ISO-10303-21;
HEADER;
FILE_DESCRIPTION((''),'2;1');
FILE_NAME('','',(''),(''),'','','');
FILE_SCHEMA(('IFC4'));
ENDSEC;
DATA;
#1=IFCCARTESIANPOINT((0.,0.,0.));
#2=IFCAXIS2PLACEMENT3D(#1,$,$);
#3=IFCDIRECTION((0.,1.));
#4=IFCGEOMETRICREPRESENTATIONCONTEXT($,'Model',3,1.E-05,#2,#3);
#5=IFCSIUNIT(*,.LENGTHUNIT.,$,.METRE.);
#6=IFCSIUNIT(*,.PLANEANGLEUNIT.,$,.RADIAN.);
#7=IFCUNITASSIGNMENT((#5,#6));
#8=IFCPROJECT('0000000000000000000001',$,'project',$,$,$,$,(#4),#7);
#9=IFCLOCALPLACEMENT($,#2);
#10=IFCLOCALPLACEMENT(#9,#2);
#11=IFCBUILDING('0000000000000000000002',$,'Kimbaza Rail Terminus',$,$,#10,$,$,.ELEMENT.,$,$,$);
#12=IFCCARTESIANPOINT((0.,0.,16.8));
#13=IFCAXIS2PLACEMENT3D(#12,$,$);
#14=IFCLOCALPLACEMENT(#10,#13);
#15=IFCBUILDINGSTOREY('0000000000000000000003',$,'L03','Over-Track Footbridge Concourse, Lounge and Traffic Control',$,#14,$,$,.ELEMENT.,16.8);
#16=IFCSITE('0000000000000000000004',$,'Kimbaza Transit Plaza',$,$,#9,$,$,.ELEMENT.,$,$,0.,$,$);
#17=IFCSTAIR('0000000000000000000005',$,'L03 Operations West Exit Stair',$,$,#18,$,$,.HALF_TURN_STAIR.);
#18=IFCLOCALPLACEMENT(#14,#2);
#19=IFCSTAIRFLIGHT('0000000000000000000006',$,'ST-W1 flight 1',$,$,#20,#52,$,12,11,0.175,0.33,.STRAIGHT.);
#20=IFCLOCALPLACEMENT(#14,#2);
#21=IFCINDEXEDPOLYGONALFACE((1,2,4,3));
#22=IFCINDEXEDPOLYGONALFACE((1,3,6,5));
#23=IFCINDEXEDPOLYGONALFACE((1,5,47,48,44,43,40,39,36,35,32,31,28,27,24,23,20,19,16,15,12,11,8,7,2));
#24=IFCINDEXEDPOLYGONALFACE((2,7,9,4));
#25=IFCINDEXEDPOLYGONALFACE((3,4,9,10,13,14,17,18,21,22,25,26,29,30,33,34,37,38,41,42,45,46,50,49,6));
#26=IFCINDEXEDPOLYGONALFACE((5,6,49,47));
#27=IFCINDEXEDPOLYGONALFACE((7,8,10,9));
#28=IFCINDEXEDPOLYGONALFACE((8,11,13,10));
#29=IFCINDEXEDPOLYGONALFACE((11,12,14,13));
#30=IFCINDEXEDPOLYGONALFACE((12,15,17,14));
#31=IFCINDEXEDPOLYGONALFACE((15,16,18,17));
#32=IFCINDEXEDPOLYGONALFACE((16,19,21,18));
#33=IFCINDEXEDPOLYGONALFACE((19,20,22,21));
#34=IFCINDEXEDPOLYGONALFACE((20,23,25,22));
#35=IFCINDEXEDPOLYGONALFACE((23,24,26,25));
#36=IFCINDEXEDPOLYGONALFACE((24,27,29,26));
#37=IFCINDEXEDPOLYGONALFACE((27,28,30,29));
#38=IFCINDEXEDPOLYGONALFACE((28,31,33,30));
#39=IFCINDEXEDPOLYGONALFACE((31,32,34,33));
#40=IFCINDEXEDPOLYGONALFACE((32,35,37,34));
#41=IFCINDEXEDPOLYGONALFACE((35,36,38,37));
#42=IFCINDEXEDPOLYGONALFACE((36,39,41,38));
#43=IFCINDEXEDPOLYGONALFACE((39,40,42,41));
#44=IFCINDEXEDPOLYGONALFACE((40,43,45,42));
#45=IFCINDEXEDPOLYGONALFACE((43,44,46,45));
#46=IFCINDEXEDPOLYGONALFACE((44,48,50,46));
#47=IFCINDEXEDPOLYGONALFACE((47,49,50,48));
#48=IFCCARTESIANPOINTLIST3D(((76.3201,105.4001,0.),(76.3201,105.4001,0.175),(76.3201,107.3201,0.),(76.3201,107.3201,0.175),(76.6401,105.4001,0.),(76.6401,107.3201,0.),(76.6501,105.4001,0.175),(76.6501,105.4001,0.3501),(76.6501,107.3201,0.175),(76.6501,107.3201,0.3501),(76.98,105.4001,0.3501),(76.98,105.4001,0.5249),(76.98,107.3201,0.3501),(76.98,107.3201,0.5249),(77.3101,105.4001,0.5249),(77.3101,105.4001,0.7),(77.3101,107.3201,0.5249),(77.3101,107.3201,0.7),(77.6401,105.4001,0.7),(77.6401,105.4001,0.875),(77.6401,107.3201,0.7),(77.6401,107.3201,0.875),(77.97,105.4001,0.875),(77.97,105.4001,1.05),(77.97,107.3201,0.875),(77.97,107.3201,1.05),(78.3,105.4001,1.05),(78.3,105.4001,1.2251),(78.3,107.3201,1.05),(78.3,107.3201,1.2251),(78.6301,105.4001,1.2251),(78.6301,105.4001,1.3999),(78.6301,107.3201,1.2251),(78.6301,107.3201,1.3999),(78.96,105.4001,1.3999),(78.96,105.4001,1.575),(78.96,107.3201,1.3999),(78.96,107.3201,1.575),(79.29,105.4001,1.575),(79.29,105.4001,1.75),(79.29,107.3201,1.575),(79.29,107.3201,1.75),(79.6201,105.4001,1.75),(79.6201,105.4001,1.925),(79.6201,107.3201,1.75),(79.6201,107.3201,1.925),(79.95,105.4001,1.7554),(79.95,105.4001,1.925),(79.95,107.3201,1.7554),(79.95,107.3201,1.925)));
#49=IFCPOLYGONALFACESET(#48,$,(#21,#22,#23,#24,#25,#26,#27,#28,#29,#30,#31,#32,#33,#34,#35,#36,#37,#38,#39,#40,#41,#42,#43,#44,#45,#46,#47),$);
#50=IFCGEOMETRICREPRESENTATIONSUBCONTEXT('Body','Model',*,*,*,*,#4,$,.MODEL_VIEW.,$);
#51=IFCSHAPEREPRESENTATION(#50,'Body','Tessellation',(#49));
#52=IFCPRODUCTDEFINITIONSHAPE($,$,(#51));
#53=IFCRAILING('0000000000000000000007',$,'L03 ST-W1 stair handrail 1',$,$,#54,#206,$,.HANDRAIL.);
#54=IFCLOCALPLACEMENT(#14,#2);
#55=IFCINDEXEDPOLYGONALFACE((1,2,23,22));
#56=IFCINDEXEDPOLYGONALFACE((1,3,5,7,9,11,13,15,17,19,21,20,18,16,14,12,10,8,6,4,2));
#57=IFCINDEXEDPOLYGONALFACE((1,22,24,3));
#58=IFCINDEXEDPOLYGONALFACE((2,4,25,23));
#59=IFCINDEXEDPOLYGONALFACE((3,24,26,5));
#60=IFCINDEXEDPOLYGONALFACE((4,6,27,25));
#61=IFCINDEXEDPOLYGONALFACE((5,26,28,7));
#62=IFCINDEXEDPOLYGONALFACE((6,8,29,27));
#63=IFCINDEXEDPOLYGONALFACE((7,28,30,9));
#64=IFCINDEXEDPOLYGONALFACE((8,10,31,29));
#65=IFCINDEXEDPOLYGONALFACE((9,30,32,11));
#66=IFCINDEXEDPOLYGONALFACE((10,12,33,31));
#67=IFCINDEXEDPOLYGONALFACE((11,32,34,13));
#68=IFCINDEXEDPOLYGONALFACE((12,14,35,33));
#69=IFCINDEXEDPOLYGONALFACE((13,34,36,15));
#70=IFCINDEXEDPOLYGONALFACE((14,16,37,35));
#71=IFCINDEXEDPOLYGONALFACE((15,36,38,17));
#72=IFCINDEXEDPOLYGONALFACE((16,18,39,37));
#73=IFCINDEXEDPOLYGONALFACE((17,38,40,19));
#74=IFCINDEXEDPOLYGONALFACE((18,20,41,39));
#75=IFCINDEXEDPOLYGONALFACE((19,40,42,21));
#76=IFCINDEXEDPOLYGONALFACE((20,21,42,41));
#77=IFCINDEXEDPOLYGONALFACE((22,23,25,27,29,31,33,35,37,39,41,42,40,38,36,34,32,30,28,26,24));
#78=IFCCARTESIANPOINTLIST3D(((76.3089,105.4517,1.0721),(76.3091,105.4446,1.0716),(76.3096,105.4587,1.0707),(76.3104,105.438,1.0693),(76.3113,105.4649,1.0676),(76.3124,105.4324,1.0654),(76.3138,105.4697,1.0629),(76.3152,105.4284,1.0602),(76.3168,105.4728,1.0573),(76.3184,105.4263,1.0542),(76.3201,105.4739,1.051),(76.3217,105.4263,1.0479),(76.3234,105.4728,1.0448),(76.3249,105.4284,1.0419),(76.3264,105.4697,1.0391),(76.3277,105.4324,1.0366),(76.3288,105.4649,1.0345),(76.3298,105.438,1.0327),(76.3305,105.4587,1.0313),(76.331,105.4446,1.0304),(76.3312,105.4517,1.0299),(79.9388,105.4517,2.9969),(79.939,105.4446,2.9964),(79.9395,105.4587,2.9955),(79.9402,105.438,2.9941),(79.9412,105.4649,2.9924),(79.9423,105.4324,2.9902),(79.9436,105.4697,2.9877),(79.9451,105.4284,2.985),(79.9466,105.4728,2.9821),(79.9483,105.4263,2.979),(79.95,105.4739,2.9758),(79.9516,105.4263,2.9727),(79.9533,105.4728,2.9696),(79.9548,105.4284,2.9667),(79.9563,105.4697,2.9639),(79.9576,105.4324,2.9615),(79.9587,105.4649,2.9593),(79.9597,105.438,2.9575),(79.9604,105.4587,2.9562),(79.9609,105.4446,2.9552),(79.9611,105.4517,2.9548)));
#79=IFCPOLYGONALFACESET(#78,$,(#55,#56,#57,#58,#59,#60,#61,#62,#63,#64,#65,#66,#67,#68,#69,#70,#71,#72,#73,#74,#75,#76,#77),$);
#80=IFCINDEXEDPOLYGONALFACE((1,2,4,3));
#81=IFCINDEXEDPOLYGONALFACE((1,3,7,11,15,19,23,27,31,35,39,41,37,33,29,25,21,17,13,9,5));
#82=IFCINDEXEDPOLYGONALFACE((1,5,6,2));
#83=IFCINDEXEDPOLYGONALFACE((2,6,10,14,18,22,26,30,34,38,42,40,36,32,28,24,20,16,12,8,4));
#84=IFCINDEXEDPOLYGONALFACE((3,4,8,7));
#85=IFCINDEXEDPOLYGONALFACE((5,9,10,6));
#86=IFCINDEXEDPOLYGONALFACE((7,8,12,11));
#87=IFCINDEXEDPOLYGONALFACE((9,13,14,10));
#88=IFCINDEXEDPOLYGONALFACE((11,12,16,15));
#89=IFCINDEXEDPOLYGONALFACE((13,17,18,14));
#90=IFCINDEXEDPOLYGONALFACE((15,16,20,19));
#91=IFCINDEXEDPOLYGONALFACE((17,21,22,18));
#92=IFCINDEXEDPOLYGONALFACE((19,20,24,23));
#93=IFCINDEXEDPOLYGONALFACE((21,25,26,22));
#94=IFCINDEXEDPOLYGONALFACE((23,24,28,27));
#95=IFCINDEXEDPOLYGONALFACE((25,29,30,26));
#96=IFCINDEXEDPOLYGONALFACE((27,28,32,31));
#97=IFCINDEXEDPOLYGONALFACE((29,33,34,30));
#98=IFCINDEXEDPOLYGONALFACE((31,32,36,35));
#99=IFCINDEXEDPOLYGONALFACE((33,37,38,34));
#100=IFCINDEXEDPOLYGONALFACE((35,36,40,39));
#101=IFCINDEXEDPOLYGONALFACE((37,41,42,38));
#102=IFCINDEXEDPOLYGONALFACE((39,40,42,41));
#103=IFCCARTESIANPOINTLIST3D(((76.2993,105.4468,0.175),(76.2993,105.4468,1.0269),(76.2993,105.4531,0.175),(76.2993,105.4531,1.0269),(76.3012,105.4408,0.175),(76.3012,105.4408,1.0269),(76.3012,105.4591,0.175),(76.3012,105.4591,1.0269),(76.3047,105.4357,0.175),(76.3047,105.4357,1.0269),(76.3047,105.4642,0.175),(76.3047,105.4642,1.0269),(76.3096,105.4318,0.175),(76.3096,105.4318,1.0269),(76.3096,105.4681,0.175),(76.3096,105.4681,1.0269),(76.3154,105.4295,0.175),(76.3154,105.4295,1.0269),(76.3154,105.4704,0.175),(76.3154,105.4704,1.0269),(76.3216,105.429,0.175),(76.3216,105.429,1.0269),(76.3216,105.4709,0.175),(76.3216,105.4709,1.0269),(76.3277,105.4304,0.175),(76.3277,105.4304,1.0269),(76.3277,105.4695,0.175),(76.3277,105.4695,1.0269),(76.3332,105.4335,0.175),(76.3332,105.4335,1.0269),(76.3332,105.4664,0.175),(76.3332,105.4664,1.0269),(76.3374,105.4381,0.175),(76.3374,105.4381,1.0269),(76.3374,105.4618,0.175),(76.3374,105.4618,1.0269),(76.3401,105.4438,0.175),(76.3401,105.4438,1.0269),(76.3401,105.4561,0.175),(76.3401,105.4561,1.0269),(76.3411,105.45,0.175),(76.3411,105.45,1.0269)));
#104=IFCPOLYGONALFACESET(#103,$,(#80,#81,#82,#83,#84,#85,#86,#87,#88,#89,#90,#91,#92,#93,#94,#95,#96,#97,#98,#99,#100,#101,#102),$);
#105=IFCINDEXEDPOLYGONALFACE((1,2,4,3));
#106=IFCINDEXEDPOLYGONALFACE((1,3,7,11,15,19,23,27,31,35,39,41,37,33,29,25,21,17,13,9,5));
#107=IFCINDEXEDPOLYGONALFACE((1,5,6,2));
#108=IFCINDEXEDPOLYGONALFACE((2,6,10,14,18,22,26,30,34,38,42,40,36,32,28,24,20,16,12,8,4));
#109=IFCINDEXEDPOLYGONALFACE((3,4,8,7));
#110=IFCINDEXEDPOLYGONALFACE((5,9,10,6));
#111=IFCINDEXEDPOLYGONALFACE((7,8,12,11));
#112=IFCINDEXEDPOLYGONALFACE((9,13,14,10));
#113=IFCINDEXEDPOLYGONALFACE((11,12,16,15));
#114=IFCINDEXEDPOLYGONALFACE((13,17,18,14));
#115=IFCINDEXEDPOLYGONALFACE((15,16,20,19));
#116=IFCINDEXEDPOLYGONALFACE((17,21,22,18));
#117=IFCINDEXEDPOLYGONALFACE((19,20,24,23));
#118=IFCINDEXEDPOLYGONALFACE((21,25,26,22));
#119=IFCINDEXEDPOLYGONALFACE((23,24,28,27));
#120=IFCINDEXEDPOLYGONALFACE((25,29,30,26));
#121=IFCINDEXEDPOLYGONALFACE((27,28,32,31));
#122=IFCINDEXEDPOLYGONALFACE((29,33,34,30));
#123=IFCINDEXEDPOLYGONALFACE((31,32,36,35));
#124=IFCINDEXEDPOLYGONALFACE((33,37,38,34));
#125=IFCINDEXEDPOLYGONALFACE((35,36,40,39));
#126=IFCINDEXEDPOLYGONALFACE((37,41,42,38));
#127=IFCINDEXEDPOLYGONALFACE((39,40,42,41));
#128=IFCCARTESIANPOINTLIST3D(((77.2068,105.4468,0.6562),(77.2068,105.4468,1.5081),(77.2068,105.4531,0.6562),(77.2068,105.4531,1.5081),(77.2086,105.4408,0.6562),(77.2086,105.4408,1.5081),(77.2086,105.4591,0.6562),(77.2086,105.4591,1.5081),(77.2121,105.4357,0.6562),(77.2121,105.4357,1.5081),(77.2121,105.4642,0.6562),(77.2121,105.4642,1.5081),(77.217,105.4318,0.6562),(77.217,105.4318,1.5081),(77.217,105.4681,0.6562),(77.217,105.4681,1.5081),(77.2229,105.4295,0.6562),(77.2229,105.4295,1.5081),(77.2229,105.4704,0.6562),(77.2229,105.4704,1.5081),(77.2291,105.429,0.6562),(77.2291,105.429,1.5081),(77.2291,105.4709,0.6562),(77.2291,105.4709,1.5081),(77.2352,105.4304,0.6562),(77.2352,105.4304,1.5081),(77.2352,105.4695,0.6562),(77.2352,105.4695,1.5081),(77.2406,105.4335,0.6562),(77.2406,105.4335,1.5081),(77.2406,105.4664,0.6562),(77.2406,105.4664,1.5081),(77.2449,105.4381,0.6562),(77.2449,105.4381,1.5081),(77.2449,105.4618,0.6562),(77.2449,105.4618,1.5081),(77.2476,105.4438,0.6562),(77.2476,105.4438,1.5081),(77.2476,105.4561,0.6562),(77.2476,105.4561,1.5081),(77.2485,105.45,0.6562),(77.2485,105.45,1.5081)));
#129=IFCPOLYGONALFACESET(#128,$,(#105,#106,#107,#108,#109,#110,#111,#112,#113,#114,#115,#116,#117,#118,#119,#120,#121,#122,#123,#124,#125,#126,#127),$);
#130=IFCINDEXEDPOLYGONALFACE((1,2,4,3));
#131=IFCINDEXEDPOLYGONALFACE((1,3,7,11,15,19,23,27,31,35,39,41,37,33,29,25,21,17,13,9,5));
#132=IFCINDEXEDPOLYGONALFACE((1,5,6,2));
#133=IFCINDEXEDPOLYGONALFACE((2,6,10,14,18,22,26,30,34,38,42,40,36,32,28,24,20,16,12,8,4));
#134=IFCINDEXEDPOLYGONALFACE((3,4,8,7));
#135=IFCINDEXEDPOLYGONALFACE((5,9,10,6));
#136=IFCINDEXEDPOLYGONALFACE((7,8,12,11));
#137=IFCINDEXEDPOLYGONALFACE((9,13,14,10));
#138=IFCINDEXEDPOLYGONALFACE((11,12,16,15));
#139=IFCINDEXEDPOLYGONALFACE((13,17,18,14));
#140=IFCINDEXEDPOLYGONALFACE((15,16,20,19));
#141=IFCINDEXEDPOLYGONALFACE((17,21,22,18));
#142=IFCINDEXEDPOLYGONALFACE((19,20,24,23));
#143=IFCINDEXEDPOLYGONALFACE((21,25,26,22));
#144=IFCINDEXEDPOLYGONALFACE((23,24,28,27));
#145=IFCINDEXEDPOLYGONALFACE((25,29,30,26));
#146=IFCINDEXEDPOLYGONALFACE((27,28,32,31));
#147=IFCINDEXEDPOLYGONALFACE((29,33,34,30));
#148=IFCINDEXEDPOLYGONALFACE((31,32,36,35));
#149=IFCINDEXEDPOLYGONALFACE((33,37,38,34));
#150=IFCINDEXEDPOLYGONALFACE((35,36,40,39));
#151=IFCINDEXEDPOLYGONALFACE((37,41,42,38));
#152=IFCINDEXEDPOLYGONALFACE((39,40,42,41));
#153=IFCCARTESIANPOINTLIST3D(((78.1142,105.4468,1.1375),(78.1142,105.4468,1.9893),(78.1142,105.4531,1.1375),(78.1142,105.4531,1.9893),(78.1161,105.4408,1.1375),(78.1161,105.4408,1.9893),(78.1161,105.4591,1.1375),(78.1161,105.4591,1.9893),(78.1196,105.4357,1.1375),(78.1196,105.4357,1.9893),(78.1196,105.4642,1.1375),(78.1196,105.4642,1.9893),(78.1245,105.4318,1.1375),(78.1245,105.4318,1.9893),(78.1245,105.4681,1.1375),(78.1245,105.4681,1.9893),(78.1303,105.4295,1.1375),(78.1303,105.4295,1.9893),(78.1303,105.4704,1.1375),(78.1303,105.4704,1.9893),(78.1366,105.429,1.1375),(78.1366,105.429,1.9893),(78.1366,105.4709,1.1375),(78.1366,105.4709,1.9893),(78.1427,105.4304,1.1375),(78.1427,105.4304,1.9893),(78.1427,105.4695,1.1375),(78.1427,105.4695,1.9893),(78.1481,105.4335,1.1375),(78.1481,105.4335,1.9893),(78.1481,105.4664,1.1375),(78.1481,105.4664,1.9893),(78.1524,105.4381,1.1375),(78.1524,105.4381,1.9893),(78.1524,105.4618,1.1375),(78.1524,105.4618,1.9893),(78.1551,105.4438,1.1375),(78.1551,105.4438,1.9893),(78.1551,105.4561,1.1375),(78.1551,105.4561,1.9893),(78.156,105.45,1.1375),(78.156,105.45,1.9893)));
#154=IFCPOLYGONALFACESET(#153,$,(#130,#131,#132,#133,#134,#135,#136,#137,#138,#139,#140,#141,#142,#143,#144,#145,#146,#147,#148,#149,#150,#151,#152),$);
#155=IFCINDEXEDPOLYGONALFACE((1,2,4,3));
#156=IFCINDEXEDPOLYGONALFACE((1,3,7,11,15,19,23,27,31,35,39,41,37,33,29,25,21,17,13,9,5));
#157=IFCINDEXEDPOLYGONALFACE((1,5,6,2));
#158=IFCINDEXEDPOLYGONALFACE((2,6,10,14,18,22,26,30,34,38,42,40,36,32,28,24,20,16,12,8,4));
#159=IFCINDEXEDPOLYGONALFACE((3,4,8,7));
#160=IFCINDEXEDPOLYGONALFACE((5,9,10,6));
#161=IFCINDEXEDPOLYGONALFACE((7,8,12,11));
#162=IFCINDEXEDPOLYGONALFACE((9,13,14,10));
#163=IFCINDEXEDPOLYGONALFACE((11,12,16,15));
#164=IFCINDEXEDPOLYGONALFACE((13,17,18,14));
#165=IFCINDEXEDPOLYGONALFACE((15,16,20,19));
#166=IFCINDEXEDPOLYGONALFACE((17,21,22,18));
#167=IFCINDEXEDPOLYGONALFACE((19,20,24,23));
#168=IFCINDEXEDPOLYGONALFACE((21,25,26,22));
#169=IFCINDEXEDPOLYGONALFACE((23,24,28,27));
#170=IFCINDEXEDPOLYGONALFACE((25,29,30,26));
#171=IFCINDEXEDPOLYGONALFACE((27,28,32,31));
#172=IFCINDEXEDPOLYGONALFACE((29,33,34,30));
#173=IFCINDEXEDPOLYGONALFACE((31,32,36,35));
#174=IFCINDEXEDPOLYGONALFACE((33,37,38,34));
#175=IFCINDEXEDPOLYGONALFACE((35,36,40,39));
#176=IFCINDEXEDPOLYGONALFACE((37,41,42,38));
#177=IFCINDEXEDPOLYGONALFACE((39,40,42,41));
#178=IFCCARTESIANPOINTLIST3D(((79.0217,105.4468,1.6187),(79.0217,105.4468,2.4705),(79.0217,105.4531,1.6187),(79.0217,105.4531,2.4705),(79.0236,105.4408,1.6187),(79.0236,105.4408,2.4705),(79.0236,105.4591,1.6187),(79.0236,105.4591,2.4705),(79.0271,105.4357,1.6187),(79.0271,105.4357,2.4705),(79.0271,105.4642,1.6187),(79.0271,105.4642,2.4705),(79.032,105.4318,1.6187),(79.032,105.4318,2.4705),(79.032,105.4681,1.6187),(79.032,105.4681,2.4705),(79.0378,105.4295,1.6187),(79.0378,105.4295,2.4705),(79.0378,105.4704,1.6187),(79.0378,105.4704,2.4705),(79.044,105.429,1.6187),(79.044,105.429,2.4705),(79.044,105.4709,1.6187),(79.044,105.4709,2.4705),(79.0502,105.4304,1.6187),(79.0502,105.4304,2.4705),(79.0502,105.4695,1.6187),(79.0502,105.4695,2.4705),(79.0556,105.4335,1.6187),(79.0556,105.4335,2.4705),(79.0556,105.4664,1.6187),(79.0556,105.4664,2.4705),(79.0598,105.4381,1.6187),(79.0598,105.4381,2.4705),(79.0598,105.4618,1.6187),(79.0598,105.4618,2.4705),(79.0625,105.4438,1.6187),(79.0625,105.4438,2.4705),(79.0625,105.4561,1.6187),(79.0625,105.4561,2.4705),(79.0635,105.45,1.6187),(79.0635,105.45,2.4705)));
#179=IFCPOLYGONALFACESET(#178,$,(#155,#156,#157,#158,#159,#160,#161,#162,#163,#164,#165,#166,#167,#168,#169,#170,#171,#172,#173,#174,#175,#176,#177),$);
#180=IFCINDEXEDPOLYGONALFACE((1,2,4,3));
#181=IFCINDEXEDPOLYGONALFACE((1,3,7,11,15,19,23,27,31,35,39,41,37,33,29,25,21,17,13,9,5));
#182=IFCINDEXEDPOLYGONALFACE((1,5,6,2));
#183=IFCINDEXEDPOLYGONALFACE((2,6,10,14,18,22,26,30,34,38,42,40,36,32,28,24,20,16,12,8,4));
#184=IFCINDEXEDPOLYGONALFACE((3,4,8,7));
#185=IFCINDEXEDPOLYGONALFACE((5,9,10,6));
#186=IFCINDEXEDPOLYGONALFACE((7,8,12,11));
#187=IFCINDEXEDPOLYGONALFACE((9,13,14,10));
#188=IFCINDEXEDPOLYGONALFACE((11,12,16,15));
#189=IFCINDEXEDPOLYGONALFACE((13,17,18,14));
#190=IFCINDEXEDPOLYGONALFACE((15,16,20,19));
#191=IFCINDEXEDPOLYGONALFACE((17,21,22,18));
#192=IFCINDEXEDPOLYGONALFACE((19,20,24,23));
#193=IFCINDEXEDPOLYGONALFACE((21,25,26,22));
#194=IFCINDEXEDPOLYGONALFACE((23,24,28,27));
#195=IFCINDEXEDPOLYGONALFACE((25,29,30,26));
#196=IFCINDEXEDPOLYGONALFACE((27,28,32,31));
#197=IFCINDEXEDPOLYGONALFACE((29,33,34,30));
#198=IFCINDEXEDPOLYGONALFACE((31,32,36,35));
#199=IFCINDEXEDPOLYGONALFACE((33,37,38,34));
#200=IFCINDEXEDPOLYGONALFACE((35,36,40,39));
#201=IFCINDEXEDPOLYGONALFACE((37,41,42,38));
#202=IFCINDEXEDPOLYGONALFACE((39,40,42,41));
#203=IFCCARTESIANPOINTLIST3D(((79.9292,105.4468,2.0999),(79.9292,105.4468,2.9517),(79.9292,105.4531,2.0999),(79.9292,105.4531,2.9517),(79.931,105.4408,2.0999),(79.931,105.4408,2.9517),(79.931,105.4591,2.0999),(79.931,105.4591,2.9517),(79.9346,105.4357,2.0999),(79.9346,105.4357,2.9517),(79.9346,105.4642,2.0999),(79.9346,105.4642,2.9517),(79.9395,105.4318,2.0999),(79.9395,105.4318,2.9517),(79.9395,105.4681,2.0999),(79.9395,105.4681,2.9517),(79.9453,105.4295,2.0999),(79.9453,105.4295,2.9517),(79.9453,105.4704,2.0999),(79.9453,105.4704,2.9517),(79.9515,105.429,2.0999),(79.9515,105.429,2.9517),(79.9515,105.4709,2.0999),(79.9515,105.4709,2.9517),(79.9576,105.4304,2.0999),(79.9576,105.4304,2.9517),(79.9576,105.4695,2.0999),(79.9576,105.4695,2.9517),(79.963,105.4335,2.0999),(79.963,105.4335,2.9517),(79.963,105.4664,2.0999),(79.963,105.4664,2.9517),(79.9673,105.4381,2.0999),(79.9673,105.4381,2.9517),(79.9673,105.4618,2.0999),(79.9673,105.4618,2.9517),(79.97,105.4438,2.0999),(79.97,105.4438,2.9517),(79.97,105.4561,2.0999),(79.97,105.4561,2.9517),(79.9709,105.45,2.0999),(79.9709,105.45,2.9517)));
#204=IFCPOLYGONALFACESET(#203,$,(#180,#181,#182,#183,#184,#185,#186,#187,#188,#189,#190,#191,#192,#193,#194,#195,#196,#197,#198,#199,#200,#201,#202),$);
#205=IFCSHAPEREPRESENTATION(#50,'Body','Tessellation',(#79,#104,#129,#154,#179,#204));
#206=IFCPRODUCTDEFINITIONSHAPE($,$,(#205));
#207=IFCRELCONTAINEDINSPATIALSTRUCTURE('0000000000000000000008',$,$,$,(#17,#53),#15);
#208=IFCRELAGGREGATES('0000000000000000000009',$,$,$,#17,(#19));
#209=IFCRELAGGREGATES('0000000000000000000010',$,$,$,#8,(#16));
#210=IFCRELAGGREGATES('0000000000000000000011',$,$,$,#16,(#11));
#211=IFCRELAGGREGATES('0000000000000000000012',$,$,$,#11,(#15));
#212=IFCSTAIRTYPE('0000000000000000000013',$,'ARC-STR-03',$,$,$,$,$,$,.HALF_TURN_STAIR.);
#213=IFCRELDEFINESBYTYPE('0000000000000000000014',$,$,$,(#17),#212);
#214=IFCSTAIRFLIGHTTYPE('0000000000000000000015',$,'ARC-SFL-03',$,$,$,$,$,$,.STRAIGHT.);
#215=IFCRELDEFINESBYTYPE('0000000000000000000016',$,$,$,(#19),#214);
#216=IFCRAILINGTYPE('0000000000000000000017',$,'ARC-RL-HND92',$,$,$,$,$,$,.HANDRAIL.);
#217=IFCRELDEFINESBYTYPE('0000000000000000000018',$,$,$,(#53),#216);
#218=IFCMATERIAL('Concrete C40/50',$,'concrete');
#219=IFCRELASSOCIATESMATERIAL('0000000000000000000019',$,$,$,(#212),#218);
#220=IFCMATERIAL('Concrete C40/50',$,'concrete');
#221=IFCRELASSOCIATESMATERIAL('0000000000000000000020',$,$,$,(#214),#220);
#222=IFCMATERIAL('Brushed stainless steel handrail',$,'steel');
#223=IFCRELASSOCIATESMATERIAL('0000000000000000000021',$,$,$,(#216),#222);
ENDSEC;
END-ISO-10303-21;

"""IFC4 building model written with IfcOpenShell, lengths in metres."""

from ifc_helpers import new_model, si_unit, direction, frame, origin, origin_2d, place, context, subcontext, project, spatial, polyline, circle, outline, extrude, material, type_object, element, aggregate, save


model = new_model("IFC4")

# Units and contexts
model_context = context("Model", 3, precision=1e-05, world=origin(), true_north=direction((0.0, 1.0)))
body_context = subcontext(model_context, "Body", "Model", "MODEL_VIEW")
ifc_project = project(units=[si_unit("LENGTHUNIT", "METRE"), si_unit("PLANEANGLEUNIT", "RADIAN")], contexts=[model_context])

# Site, building, storey
site_placement = place(None, origin())
site = spatial("IfcSite", under=ifc_project, at=site_placement, Name="Kimbaza Transit Plaza", CompositionType="ELEMENT", RefElevation=0.0)
building_placement = place(site_placement, origin())
building = spatial("IfcBuilding", under=site, at=building_placement, Name="Kimbaza Rail Terminus", CompositionType="ELEMENT")
storey_placement = place(building_placement, frame((0.0, 0.0, 16.8)))
storey = spatial("IfcBuildingStorey", under=building, at=storey_placement, Name="L03", Description="Over-Track Footbridge Concourse, Lounge and Traffic Control", CompositionType="ELEMENT", Elevation=16.8)

# Stair, stair flight
ifc_material_1 = material(Name="Concrete C40/50", Category="concrete")
stair_type = type_object("IfcStairType", Name="ARC-STR-03", PredefinedType="HALF_TURN_STAIR", material=ifc_material_1)
stair_placement = place(storey_placement, origin())
stair = element("IfcStair", 1, at=stair_placement, inside=storey, type_object=stair_type, Name="L03 Operations West Exit Stair", PredefinedType="HALF_TURN_STAIR")
ifc_material_2 = material(Name="Concrete C40/50", Category="concrete")
stair_flight_type = type_object("IfcStairFlightType", Name="ARC-SFL-03", PredefinedType="STRAIGHT", material=ifc_material_2)
stair_flight_placement = place(storey_placement, frame((76.3201, 106.3601, 0.0), z_axis=(0.0, 0.0, 1.0), x_axis=(1.0, 0.0, 0.0)))
stair_flight = element("IfcStairFlight", 2, at=stair_flight_placement, type_object=stair_flight_type, Name="ST-W1 flight 1", NumberOfRisers=12, NumberOfTreads=11, PredefinedType="STRAIGHT", RiserHeight=0.175, TreadLength=0.33, context=body_context, shape_type="SweptSolid", body=[
    extrude(outline(polyline([(0.0, 0.0), (0.0, 0.175), (0.3301, 0.175), (0.3301, 0.3501), (0.6599, 0.3501), (0.6599, 0.5249), (0.99, 0.5249), (0.99, 0.7), (1.3201, 0.7), (1.3201, 0.875), (1.6499, 0.875), (1.6499, 1.05), (1.98, 1.05), (1.98, 1.2251), (2.3101, 1.2251), (2.3101, 1.3999), (2.6399, 1.3999), (2.6399, 1.575), (2.97, 1.575), (2.97, 1.75), (3.3, 1.75), (3.3, 1.925), (3.6299, 1.925), (3.6299, 2.1001), (3.6299, 1.7554), (0.3201, 0.0), (0.0, 0.0)])), frame((0.0, 0.96, 0.0), z_axis=(0.0, -1.0, 0.0), x_axis=(1.0, 0.0, 0.0)), (0.0, 0.0, 1.0), 1.9199),
])
aggregate(stair, [stair_flight])

# Railing
ifc_material_3 = material(Name="Brushed stainless steel handrail", Category="steel")
railing_type_1 = type_object("IfcRailingType", Name="ARC-RL-HND92", PredefinedType="HANDRAIL", material=ifc_material_3)
railing_1_placement = place(storey_placement, frame((76.3201, 105.45, 0.175)))
element("IfcRailing", 3, at=railing_1_placement, inside=storey, type_object=railing_type_1, Name="L03 ST-W1 stair handrail 1", PredefinedType="HANDRAIL", context=body_context, shape_type="SweptSolid", body=[
    extrude(circle(Radius=0.0239, at=origin_2d()), frame((0.0, 0.0, 0.876), z_axis=(0.883476, 0.0, 0.468477), x_axis=(0.0, 1.0, 0.0)), (0.0, 0.0, 1.0), 4.1086),
    extrude(circle(Radius=0.021, at=origin_2d()), origin(), (0.0, 0.0, 1.0), 0.8518),
    extrude(circle(Radius=0.021, at=origin_2d()), frame((0.9075, 0.0, 0.4812)), (0.0, 0.0, 1.0), 0.8518),
    extrude(circle(Radius=0.021, at=origin_2d()), frame((1.8149, 0.0, 0.9624)), (0.0, 0.0, 1.0), 0.8518),
    extrude(circle(Radius=0.021, at=origin_2d()), frame((2.7224, 0.0, 1.4436)), (0.0, 0.0, 1.0), 0.8518),
    extrude(circle(Radius=0.021, at=origin_2d()), frame((3.6299, 0.0, 1.9248)), (0.0, 0.0, 1.0), 0.8518),
])

save(model, "model.ifc")
